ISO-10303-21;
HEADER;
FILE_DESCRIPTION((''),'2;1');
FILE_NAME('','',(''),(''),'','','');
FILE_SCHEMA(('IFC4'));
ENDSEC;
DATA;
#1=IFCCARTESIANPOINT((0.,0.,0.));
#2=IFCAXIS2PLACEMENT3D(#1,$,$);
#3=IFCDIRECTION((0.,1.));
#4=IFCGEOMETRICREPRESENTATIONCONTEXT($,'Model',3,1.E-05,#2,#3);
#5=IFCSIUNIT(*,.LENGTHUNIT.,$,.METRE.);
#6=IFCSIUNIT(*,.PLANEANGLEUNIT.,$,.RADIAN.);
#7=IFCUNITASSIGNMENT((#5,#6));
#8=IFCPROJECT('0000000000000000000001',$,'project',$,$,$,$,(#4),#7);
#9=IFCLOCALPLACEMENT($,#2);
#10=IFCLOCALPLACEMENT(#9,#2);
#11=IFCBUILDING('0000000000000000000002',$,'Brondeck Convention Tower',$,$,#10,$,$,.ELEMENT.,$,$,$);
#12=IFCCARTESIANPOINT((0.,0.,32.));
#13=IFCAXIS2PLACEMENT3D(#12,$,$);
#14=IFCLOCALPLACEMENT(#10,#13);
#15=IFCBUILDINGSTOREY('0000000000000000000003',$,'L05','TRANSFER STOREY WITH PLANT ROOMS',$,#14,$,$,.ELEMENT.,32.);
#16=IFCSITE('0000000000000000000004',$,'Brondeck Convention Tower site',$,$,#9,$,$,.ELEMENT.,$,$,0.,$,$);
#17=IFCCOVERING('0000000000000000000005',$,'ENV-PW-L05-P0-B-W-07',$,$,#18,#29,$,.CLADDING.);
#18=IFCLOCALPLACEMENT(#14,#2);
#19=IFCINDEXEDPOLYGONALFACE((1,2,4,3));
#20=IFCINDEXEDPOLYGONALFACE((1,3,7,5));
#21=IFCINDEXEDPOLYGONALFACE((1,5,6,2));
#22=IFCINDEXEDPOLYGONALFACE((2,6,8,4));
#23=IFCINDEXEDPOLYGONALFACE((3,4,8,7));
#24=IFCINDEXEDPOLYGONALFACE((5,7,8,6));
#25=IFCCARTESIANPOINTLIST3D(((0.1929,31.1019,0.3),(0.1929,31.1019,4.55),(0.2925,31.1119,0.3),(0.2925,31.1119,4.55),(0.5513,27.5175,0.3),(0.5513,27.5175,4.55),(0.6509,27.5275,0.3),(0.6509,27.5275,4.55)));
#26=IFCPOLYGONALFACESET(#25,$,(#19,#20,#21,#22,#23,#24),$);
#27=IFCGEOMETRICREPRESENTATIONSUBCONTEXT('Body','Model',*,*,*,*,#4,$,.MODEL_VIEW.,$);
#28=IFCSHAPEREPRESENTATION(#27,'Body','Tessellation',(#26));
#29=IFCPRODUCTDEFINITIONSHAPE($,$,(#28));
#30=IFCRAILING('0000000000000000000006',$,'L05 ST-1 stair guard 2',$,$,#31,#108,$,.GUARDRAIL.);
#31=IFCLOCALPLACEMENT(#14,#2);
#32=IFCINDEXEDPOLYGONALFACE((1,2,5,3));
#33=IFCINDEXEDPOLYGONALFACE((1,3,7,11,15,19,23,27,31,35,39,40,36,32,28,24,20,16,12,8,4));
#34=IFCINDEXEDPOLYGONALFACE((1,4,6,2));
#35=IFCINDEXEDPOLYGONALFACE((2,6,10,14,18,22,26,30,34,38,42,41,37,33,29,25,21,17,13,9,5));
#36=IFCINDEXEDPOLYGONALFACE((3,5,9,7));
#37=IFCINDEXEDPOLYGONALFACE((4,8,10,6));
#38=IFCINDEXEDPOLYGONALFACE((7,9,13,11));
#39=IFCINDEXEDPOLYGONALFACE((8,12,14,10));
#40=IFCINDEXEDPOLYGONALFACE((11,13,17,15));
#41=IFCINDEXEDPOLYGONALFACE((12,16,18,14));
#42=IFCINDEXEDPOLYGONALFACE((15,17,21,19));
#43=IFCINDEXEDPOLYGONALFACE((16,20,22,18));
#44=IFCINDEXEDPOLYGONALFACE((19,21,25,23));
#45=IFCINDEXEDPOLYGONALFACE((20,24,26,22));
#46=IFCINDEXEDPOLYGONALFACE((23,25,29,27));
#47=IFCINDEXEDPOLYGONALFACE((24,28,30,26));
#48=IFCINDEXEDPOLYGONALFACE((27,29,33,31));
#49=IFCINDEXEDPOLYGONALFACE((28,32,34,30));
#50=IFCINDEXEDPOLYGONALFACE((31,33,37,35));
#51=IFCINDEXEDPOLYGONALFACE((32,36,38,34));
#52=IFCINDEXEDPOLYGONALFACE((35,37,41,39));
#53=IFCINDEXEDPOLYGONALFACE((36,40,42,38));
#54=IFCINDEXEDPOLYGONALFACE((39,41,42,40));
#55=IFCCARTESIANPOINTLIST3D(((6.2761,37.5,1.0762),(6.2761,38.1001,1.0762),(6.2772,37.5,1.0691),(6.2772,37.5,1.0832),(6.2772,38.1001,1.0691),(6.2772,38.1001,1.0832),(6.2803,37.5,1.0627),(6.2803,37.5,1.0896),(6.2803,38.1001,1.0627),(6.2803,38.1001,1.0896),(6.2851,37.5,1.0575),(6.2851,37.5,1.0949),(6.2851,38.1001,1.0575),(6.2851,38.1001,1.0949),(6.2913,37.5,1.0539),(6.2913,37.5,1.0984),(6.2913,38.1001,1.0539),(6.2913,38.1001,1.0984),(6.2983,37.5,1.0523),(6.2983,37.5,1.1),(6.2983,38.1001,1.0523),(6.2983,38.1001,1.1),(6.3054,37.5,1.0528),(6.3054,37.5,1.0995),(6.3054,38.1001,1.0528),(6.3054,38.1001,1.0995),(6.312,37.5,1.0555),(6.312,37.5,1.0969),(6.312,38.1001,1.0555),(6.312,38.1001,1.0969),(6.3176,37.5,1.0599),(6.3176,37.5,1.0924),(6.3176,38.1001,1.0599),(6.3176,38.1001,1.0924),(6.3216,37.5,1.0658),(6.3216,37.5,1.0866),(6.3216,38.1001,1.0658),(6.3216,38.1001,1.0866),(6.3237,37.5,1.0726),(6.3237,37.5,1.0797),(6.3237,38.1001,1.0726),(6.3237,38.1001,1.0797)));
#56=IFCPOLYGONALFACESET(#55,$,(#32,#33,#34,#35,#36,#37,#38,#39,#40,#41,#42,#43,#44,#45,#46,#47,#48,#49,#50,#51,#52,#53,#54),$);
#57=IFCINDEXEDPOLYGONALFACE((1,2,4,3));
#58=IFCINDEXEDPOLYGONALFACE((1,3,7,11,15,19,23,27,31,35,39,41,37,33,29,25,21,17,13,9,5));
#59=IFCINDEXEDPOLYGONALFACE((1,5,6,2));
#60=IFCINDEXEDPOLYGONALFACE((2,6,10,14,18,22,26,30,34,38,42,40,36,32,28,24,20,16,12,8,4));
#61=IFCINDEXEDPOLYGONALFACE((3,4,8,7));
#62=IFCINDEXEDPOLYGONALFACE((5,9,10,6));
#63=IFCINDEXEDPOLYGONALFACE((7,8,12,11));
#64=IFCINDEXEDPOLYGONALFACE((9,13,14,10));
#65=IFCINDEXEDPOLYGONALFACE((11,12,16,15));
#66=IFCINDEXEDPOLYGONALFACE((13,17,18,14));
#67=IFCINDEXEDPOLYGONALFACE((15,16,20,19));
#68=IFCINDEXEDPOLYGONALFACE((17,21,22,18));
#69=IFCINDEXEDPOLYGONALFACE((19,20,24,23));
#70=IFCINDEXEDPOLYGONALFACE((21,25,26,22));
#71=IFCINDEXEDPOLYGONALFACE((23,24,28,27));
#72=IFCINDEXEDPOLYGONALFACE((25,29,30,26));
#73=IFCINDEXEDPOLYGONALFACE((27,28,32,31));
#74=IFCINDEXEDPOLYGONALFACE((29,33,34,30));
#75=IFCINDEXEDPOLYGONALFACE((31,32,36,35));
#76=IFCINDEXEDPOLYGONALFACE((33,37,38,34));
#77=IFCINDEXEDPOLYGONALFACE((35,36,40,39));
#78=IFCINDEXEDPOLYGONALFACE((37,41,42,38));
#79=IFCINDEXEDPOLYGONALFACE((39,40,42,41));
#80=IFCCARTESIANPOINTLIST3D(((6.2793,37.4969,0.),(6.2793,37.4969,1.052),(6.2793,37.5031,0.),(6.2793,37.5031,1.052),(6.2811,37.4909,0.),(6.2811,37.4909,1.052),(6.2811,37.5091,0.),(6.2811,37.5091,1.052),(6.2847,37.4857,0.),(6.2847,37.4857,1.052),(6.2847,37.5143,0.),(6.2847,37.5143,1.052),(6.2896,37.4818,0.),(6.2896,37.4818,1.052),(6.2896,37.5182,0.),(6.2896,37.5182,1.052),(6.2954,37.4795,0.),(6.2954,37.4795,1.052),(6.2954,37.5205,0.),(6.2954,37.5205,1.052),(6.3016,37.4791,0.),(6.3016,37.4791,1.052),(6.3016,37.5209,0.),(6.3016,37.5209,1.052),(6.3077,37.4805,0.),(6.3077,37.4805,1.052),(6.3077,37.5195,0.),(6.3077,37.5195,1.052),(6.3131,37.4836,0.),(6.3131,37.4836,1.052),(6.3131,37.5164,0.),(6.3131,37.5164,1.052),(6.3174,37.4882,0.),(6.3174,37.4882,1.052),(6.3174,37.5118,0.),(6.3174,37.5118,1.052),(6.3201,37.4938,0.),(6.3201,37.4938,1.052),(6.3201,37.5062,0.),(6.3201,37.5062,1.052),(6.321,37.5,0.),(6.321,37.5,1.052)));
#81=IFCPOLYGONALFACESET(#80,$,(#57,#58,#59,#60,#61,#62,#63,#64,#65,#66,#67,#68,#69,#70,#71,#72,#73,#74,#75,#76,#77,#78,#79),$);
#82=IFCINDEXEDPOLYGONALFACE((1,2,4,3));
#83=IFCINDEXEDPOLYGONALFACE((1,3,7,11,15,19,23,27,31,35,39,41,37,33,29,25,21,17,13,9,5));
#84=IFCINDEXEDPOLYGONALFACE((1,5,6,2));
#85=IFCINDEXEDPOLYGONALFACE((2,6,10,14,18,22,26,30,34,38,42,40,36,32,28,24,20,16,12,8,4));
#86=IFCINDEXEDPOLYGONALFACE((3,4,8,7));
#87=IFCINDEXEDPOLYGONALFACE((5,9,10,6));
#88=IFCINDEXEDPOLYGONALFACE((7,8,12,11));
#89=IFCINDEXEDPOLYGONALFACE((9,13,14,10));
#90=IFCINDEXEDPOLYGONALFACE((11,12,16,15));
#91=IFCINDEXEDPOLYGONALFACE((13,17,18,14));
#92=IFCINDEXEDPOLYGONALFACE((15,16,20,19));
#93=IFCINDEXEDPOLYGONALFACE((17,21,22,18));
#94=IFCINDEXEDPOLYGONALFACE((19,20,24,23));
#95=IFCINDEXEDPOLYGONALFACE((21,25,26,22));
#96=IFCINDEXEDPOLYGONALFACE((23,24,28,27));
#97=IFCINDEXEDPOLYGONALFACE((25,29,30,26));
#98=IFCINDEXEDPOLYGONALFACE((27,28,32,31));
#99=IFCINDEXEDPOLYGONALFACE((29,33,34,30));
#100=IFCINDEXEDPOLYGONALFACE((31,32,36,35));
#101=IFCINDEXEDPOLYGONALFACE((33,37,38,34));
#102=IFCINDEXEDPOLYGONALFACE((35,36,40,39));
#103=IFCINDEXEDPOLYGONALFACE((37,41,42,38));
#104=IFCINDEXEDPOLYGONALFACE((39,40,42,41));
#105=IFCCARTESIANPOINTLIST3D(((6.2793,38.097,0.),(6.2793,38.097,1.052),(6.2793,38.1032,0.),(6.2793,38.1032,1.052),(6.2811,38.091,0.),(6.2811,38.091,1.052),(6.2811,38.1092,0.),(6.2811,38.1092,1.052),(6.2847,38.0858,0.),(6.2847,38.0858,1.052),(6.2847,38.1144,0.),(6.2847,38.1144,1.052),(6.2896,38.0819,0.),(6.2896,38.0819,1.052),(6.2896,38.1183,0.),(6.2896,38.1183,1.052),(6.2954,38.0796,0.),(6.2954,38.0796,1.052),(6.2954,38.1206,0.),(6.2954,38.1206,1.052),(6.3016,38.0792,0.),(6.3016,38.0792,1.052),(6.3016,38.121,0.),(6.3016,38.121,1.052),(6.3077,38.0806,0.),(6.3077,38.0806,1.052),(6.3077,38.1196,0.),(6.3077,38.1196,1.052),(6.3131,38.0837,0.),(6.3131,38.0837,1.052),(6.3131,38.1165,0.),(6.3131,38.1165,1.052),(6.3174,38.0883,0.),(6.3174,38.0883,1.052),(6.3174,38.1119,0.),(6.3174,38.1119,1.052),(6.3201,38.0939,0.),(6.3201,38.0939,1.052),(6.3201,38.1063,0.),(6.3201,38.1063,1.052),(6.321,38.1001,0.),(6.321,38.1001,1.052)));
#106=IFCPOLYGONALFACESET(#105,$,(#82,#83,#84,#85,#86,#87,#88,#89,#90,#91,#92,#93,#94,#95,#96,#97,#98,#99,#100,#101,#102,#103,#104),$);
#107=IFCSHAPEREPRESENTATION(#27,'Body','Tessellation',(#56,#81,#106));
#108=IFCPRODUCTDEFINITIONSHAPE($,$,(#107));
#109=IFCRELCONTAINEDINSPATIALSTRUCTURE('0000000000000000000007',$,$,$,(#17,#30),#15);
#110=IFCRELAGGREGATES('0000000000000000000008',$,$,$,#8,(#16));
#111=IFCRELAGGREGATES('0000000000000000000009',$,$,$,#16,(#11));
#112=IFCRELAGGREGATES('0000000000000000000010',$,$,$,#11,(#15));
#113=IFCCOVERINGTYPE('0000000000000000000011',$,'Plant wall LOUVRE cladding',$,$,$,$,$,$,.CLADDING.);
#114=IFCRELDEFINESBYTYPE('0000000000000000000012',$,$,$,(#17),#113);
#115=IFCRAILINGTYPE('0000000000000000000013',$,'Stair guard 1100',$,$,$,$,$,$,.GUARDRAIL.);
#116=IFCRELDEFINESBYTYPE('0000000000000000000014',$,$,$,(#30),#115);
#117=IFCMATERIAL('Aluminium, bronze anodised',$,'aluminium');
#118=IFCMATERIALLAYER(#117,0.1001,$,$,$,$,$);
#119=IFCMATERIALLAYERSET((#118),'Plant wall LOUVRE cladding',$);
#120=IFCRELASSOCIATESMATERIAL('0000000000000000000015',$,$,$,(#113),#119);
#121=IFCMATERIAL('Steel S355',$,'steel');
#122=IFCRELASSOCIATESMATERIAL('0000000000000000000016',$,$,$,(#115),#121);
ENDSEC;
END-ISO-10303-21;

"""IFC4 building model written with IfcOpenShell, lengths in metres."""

from ifc_helpers import new_model, si_unit, direction, frame, origin, origin_2d, place, context, subcontext, project, spatial, rectangle, circle, extrude, material, layer, layer_set, type_object, element, save


model = new_model("IFC4")

# Units and contexts
model_context = context("Model", 3, precision=1e-05, world=origin(), true_north=direction((0.0, 1.0)))
body_context = subcontext(model_context, "Body", "Model", "MODEL_VIEW")
ifc_project = project(units=[si_unit("LENGTHUNIT", "METRE"), si_unit("PLANEANGLEUNIT", "RADIAN")], contexts=[model_context])

# Site, building, storey
site_placement = place(None, origin())
site = spatial("IfcSite", under=ifc_project, at=site_placement, Name="Brondeck Convention Tower site", CompositionType="ELEMENT", RefElevation=0.0)
building_placement = place(site_placement, origin())
building = spatial("IfcBuilding", under=site, at=building_placement, Name="Brondeck Convention Tower", CompositionType="ELEMENT")
storey_placement = place(building_placement, frame((0.0, 0.0, 32.0)))
storey = spatial("IfcBuildingStorey", under=building, at=storey_placement, Name="L05", Description="TRANSFER STOREY WITH PLANT ROOMS", CompositionType="ELEMENT", Elevation=32.0)

# Covering
ifc_material_1 = material(Name="Aluminium, bronze anodised", Category="aluminium")
ifc_layer_1 = layer(ifc_material_1, 0.1001)
ifc_layer_set_1 = layer_set([ifc_layer_1], Name="Plant wall LOUVRE cladding")
covering_type = type_object("IfcCoveringType", Name="Plant wall LOUVRE cladding", PredefinedType="CLADDING", material=ifc_layer_set_1)
for number, where, z_axis, x_axis, name in (
    (1, (0.4219, 29.3147, 0.3), (0.0, 0.0, 1.0), (0.099504, -0.995037, 0.0), "ENV-PW-L05-P0-B-W-07"),
):
    element("IfcCovering", number, at=place(storey_placement, frame(where, z_axis=z_axis, x_axis=x_axis)), inside=storey, type_object=covering_type, Name=name, PredefinedType="CLADDING", context=body_context, shape_type="SweptSolid", body=[
        extrude(rectangle(XDim=3.6023, YDim=0.1001, at=origin_2d()), origin(), (0.0, 0.0, 1.0), 4.25),
    ])

# Railing
ifc_material_2 = material(Name="Steel S355", Category="steel")
railing_type_1 = type_object("IfcRailingType", Name="Stair guard 1100", PredefinedType="GUARDRAIL", material=ifc_material_2)
railing_1_placement = place(storey_placement, frame((6.3, 37.5, 0.0)))
element("IfcRailing", 2, at=railing_1_placement, inside=storey, type_object=railing_type_1, Name="L05 ST-1 stair guard 2", PredefinedType="GUARDRAIL", context=body_context, shape_type="SweptSolid", body=[
    extrude(circle(Radius=0.0239, at=origin_2d()), frame((0.0, 0.0, 1.0762), z_axis=(0.0, 1.0, 0.0), x_axis=(-1.0, 0.0, 0.0)), (0.0, 0.0, 1.0), 0.6001),
    extrude(circle(Radius=0.021, at=origin_2d()), origin(), (0.0, 0.0, 1.0), 1.052),
    extrude(circle(Radius=0.021, at=origin_2d()), frame((0.0, 0.6001, 0.0)), (0.0, 0.0, 1.0), 1.052),
])

save(model, "model.ifc")
